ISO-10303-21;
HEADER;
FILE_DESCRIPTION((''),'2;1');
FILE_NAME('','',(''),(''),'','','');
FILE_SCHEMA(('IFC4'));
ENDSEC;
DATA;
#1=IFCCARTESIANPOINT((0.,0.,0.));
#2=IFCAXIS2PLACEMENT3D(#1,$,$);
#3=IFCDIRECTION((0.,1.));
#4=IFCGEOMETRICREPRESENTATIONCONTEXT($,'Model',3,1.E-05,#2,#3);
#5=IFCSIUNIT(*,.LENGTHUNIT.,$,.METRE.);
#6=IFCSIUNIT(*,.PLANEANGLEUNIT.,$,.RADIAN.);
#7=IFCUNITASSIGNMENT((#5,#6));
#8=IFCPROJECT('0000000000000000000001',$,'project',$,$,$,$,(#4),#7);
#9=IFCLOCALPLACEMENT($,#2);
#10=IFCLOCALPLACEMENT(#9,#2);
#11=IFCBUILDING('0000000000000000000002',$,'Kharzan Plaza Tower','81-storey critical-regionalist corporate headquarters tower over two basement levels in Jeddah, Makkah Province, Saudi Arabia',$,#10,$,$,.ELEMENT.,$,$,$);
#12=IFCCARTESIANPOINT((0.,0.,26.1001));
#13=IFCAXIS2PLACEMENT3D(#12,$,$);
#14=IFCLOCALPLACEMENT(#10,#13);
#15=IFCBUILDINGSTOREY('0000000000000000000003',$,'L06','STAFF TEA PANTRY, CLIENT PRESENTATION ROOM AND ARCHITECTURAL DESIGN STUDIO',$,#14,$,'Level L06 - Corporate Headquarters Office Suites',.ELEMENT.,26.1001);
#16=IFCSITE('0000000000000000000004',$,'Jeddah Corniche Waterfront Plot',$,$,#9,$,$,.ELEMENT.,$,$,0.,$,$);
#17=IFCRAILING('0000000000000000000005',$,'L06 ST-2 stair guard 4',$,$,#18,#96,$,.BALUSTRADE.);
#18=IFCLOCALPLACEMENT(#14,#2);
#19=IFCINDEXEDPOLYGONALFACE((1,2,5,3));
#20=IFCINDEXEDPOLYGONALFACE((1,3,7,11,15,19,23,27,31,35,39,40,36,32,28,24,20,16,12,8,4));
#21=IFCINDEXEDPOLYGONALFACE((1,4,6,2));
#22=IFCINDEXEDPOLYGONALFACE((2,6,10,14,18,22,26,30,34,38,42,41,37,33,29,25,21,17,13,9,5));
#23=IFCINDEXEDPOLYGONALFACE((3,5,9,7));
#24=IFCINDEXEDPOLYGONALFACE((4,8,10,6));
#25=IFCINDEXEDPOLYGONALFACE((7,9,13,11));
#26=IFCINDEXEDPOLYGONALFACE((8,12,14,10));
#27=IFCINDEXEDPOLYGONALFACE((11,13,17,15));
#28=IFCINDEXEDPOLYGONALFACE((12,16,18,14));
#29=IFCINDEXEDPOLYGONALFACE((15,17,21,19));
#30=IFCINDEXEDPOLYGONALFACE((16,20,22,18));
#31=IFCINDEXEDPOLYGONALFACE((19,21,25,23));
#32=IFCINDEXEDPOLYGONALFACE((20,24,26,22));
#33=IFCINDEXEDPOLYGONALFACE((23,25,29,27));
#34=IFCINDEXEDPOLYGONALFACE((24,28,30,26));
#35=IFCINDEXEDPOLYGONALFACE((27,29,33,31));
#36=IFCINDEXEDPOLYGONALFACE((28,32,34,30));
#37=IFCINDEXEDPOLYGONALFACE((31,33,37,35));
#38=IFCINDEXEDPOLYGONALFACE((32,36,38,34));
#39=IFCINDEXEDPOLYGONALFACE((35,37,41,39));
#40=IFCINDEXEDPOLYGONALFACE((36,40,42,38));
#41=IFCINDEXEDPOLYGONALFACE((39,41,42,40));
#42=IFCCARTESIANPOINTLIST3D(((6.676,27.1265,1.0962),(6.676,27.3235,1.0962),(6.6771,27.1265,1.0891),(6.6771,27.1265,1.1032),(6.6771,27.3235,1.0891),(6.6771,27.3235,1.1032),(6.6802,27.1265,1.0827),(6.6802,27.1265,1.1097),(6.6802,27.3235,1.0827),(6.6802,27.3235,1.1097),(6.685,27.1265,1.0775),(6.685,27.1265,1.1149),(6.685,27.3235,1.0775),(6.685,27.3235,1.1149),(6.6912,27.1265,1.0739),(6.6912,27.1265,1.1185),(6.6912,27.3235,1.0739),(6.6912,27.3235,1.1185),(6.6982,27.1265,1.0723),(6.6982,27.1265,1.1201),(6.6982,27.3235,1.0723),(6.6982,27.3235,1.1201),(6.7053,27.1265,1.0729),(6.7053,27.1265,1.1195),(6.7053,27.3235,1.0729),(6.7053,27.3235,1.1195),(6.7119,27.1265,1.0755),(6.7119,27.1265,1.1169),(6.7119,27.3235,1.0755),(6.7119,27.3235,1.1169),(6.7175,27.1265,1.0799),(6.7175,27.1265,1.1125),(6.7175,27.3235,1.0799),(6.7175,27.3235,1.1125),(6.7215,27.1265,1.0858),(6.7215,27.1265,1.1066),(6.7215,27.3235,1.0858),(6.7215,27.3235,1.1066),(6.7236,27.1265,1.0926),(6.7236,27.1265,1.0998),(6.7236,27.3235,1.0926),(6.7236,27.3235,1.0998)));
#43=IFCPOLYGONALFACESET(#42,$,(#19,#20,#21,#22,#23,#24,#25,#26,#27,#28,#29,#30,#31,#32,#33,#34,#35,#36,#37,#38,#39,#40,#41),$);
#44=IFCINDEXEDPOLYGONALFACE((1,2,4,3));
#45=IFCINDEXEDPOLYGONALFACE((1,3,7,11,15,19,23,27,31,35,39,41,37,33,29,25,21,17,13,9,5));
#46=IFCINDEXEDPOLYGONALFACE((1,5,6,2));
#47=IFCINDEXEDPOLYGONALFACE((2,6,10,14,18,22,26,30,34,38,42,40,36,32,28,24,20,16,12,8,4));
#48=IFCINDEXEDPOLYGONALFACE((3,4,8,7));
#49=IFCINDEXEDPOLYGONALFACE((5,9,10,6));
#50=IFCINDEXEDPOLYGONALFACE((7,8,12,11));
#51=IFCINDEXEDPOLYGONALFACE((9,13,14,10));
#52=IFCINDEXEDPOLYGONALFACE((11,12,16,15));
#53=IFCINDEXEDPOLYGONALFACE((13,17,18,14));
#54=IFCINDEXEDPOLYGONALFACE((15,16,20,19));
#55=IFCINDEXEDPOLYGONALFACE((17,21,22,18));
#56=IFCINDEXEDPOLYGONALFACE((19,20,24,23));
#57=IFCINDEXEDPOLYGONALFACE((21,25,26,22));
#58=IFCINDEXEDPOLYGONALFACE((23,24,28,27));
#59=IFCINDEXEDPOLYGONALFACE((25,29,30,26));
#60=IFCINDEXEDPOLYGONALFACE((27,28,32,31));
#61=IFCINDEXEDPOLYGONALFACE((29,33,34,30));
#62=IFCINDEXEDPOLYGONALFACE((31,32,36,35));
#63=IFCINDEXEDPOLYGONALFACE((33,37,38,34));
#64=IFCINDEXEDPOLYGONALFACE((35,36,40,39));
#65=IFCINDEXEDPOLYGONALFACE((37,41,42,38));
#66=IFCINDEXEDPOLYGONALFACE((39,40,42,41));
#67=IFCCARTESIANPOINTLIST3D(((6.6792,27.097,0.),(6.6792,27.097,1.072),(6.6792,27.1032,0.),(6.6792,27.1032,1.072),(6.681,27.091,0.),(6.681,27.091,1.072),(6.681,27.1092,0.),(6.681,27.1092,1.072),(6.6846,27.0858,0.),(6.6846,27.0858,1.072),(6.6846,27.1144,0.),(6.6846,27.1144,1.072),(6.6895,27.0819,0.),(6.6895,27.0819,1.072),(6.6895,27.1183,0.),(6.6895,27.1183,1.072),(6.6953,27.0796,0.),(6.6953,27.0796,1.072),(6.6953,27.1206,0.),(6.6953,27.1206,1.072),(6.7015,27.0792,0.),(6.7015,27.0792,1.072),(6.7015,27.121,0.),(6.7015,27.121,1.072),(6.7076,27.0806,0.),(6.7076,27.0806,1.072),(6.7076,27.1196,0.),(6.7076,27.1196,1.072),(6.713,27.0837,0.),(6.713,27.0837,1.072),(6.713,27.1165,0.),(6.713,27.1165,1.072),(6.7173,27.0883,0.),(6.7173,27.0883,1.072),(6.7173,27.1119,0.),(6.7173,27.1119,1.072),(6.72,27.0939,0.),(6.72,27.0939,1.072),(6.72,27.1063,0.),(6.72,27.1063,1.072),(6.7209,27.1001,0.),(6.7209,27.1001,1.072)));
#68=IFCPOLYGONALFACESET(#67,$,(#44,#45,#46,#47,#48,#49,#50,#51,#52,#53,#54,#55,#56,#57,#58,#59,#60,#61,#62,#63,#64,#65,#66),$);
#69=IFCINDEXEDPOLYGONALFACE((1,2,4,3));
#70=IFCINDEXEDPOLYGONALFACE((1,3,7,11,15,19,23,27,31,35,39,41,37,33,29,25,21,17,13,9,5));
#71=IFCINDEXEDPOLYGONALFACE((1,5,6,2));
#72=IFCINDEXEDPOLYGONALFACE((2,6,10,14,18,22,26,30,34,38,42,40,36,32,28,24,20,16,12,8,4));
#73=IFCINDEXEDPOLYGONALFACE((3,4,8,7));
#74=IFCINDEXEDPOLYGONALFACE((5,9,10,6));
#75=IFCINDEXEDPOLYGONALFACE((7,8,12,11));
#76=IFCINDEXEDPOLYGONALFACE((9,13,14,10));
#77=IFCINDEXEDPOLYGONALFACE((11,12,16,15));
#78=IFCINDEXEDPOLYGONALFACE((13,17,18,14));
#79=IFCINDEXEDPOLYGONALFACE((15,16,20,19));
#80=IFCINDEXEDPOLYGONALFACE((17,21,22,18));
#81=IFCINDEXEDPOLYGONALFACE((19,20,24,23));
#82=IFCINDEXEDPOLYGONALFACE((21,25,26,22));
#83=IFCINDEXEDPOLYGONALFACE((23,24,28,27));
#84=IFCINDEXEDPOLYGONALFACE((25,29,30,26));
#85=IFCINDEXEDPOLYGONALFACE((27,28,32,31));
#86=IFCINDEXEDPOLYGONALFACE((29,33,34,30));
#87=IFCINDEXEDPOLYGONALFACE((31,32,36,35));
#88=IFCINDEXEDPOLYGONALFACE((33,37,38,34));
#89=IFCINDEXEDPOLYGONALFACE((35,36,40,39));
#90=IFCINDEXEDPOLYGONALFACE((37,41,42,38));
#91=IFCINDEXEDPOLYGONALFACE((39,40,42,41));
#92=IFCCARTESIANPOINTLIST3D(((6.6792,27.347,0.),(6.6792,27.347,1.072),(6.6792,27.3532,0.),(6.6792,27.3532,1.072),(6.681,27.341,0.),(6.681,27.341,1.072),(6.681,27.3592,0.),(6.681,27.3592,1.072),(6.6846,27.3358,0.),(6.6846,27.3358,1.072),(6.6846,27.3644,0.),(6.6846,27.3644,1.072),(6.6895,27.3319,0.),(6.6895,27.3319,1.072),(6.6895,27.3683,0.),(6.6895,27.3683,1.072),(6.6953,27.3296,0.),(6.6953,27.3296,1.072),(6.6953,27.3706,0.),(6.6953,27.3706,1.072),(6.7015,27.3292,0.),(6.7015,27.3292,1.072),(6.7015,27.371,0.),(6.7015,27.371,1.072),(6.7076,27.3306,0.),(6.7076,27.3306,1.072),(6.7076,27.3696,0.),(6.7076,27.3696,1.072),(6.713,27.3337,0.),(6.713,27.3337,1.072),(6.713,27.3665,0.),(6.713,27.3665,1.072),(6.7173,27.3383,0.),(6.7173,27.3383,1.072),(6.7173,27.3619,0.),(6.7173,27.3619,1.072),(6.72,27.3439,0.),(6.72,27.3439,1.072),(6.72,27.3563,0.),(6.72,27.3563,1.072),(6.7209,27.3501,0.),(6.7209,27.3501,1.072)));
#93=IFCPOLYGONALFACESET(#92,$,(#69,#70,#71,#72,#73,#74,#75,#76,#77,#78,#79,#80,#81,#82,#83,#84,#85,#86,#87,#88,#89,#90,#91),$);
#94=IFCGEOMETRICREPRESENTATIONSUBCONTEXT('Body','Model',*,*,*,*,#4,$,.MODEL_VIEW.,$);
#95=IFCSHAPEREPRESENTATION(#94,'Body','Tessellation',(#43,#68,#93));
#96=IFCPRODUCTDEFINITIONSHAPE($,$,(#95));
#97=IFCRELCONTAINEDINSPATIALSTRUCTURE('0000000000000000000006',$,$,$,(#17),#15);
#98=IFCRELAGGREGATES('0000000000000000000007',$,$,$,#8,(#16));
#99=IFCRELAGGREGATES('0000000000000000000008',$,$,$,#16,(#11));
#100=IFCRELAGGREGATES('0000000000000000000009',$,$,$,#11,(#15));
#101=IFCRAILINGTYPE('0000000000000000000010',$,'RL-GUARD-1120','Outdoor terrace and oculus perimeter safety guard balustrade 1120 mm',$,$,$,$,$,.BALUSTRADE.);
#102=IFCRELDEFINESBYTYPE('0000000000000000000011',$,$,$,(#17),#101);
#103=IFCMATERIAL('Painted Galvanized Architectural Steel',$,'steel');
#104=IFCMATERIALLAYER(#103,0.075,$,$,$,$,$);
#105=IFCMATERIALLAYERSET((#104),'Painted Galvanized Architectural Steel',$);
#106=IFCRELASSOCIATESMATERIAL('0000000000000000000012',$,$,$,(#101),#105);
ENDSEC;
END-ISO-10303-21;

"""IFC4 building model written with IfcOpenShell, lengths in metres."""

from ifc_helpers import new_model, si_unit, direction, frame, origin, origin_2d, place, context, subcontext, project, spatial, circle, extrude, source, transform, mapped, material, layer, layer_set, type_object, element, save


model = new_model("IFC4")

# Units and contexts
model_context = context("Model", 3, precision=1e-05, world=origin(), true_north=direction((0.0, 1.0)))
body_context = subcontext(model_context, "Body", "Model", "MODEL_VIEW")
ifc_project = project(units=[si_unit("LENGTHUNIT", "METRE"), si_unit("PLANEANGLEUNIT", "RADIAN")], contexts=[model_context])

# Site, building, storey
site_placement = place(None, origin())
site = spatial("IfcSite", under=ifc_project, at=site_placement, Name="Jeddah Corniche Waterfront Plot", CompositionType="ELEMENT", RefElevation=0.0)
building_placement = place(site_placement, origin())
building = spatial("IfcBuilding", under=site, at=building_placement, Name="Kharzan Plaza Tower", Description="81-storey critical-regionalist corporate headquarters tower over two basement levels in Jeddah, Makkah Province, Saudi Arabia", CompositionType="ELEMENT")
storey_placement = place(building_placement, frame((0.0, 0.0, 26.1001)))
storey = spatial("IfcBuildingStorey", under=building, at=storey_placement, Name="L06", Description="STAFF TEA PANTRY, CLIENT PRESENTATION ROOM AND ARCHITECTURAL DESIGN STUDIO", LongName="Level L06 - Corporate Headquarters Office Suites", CompositionType="ELEMENT", Elevation=26.1001)

# Railing
ifc_material_1 = material(Name="Painted Galvanized Architectural Steel", Category="steel")
ifc_layer_1 = layer(ifc_material_1, 0.075)
ifc_layer_set_1 = layer_set([ifc_layer_1], Name="Painted Galvanized Architectural Steel")
railing_type_1 = type_object("IfcRailingType", Name="RL-GUARD-1120", Description="Outdoor terrace and oculus perimeter safety guard balustrade 1120 mm", PredefinedType="BALUSTRADE", material=ifc_layer_set_1)
shared_shape_1 = source(origin(), body_context, "Body", "SweptSolid", [
    extrude(circle(Radius=0.0239, at=origin_2d()), frame((0.0, 0.0264, 1.0962), z_axis=(0.0, 1.0, 0.0), x_axis=(-1.0, 0.0, 0.0)), (0.0, 0.0, 1.0), 0.197),
    extrude(circle(Radius=0.021, at=origin_2d()), origin(), (0.0, 0.0, 1.0), 1.072),
    extrude(circle(Radius=0.021, at=origin_2d()), frame((0.0, 0.25, 0.0)), (0.0, 0.0, 1.0), 1.072),
])
for number, where, name in (
    (1, (6.7, 27.1001, 0.0), "L06 ST-2 stair guard 4"),
):
    element("IfcRailing", number, at=place(storey_placement, frame(where)), inside=storey, type_object=railing_type_1, Name=name, PredefinedType="BALUSTRADE", context=body_context, shape_type="MappedRepresentation", body=[
        mapped(shared_shape_1, transform((0.0, 0.0, 0.0), x_axis=(1.0, 0.0, 0.0), y_axis=(0.0, 1.0, 0.0), z_axis=(0.0, 0.0, 1.0))),
    ])

save(model, "model.ifc")
